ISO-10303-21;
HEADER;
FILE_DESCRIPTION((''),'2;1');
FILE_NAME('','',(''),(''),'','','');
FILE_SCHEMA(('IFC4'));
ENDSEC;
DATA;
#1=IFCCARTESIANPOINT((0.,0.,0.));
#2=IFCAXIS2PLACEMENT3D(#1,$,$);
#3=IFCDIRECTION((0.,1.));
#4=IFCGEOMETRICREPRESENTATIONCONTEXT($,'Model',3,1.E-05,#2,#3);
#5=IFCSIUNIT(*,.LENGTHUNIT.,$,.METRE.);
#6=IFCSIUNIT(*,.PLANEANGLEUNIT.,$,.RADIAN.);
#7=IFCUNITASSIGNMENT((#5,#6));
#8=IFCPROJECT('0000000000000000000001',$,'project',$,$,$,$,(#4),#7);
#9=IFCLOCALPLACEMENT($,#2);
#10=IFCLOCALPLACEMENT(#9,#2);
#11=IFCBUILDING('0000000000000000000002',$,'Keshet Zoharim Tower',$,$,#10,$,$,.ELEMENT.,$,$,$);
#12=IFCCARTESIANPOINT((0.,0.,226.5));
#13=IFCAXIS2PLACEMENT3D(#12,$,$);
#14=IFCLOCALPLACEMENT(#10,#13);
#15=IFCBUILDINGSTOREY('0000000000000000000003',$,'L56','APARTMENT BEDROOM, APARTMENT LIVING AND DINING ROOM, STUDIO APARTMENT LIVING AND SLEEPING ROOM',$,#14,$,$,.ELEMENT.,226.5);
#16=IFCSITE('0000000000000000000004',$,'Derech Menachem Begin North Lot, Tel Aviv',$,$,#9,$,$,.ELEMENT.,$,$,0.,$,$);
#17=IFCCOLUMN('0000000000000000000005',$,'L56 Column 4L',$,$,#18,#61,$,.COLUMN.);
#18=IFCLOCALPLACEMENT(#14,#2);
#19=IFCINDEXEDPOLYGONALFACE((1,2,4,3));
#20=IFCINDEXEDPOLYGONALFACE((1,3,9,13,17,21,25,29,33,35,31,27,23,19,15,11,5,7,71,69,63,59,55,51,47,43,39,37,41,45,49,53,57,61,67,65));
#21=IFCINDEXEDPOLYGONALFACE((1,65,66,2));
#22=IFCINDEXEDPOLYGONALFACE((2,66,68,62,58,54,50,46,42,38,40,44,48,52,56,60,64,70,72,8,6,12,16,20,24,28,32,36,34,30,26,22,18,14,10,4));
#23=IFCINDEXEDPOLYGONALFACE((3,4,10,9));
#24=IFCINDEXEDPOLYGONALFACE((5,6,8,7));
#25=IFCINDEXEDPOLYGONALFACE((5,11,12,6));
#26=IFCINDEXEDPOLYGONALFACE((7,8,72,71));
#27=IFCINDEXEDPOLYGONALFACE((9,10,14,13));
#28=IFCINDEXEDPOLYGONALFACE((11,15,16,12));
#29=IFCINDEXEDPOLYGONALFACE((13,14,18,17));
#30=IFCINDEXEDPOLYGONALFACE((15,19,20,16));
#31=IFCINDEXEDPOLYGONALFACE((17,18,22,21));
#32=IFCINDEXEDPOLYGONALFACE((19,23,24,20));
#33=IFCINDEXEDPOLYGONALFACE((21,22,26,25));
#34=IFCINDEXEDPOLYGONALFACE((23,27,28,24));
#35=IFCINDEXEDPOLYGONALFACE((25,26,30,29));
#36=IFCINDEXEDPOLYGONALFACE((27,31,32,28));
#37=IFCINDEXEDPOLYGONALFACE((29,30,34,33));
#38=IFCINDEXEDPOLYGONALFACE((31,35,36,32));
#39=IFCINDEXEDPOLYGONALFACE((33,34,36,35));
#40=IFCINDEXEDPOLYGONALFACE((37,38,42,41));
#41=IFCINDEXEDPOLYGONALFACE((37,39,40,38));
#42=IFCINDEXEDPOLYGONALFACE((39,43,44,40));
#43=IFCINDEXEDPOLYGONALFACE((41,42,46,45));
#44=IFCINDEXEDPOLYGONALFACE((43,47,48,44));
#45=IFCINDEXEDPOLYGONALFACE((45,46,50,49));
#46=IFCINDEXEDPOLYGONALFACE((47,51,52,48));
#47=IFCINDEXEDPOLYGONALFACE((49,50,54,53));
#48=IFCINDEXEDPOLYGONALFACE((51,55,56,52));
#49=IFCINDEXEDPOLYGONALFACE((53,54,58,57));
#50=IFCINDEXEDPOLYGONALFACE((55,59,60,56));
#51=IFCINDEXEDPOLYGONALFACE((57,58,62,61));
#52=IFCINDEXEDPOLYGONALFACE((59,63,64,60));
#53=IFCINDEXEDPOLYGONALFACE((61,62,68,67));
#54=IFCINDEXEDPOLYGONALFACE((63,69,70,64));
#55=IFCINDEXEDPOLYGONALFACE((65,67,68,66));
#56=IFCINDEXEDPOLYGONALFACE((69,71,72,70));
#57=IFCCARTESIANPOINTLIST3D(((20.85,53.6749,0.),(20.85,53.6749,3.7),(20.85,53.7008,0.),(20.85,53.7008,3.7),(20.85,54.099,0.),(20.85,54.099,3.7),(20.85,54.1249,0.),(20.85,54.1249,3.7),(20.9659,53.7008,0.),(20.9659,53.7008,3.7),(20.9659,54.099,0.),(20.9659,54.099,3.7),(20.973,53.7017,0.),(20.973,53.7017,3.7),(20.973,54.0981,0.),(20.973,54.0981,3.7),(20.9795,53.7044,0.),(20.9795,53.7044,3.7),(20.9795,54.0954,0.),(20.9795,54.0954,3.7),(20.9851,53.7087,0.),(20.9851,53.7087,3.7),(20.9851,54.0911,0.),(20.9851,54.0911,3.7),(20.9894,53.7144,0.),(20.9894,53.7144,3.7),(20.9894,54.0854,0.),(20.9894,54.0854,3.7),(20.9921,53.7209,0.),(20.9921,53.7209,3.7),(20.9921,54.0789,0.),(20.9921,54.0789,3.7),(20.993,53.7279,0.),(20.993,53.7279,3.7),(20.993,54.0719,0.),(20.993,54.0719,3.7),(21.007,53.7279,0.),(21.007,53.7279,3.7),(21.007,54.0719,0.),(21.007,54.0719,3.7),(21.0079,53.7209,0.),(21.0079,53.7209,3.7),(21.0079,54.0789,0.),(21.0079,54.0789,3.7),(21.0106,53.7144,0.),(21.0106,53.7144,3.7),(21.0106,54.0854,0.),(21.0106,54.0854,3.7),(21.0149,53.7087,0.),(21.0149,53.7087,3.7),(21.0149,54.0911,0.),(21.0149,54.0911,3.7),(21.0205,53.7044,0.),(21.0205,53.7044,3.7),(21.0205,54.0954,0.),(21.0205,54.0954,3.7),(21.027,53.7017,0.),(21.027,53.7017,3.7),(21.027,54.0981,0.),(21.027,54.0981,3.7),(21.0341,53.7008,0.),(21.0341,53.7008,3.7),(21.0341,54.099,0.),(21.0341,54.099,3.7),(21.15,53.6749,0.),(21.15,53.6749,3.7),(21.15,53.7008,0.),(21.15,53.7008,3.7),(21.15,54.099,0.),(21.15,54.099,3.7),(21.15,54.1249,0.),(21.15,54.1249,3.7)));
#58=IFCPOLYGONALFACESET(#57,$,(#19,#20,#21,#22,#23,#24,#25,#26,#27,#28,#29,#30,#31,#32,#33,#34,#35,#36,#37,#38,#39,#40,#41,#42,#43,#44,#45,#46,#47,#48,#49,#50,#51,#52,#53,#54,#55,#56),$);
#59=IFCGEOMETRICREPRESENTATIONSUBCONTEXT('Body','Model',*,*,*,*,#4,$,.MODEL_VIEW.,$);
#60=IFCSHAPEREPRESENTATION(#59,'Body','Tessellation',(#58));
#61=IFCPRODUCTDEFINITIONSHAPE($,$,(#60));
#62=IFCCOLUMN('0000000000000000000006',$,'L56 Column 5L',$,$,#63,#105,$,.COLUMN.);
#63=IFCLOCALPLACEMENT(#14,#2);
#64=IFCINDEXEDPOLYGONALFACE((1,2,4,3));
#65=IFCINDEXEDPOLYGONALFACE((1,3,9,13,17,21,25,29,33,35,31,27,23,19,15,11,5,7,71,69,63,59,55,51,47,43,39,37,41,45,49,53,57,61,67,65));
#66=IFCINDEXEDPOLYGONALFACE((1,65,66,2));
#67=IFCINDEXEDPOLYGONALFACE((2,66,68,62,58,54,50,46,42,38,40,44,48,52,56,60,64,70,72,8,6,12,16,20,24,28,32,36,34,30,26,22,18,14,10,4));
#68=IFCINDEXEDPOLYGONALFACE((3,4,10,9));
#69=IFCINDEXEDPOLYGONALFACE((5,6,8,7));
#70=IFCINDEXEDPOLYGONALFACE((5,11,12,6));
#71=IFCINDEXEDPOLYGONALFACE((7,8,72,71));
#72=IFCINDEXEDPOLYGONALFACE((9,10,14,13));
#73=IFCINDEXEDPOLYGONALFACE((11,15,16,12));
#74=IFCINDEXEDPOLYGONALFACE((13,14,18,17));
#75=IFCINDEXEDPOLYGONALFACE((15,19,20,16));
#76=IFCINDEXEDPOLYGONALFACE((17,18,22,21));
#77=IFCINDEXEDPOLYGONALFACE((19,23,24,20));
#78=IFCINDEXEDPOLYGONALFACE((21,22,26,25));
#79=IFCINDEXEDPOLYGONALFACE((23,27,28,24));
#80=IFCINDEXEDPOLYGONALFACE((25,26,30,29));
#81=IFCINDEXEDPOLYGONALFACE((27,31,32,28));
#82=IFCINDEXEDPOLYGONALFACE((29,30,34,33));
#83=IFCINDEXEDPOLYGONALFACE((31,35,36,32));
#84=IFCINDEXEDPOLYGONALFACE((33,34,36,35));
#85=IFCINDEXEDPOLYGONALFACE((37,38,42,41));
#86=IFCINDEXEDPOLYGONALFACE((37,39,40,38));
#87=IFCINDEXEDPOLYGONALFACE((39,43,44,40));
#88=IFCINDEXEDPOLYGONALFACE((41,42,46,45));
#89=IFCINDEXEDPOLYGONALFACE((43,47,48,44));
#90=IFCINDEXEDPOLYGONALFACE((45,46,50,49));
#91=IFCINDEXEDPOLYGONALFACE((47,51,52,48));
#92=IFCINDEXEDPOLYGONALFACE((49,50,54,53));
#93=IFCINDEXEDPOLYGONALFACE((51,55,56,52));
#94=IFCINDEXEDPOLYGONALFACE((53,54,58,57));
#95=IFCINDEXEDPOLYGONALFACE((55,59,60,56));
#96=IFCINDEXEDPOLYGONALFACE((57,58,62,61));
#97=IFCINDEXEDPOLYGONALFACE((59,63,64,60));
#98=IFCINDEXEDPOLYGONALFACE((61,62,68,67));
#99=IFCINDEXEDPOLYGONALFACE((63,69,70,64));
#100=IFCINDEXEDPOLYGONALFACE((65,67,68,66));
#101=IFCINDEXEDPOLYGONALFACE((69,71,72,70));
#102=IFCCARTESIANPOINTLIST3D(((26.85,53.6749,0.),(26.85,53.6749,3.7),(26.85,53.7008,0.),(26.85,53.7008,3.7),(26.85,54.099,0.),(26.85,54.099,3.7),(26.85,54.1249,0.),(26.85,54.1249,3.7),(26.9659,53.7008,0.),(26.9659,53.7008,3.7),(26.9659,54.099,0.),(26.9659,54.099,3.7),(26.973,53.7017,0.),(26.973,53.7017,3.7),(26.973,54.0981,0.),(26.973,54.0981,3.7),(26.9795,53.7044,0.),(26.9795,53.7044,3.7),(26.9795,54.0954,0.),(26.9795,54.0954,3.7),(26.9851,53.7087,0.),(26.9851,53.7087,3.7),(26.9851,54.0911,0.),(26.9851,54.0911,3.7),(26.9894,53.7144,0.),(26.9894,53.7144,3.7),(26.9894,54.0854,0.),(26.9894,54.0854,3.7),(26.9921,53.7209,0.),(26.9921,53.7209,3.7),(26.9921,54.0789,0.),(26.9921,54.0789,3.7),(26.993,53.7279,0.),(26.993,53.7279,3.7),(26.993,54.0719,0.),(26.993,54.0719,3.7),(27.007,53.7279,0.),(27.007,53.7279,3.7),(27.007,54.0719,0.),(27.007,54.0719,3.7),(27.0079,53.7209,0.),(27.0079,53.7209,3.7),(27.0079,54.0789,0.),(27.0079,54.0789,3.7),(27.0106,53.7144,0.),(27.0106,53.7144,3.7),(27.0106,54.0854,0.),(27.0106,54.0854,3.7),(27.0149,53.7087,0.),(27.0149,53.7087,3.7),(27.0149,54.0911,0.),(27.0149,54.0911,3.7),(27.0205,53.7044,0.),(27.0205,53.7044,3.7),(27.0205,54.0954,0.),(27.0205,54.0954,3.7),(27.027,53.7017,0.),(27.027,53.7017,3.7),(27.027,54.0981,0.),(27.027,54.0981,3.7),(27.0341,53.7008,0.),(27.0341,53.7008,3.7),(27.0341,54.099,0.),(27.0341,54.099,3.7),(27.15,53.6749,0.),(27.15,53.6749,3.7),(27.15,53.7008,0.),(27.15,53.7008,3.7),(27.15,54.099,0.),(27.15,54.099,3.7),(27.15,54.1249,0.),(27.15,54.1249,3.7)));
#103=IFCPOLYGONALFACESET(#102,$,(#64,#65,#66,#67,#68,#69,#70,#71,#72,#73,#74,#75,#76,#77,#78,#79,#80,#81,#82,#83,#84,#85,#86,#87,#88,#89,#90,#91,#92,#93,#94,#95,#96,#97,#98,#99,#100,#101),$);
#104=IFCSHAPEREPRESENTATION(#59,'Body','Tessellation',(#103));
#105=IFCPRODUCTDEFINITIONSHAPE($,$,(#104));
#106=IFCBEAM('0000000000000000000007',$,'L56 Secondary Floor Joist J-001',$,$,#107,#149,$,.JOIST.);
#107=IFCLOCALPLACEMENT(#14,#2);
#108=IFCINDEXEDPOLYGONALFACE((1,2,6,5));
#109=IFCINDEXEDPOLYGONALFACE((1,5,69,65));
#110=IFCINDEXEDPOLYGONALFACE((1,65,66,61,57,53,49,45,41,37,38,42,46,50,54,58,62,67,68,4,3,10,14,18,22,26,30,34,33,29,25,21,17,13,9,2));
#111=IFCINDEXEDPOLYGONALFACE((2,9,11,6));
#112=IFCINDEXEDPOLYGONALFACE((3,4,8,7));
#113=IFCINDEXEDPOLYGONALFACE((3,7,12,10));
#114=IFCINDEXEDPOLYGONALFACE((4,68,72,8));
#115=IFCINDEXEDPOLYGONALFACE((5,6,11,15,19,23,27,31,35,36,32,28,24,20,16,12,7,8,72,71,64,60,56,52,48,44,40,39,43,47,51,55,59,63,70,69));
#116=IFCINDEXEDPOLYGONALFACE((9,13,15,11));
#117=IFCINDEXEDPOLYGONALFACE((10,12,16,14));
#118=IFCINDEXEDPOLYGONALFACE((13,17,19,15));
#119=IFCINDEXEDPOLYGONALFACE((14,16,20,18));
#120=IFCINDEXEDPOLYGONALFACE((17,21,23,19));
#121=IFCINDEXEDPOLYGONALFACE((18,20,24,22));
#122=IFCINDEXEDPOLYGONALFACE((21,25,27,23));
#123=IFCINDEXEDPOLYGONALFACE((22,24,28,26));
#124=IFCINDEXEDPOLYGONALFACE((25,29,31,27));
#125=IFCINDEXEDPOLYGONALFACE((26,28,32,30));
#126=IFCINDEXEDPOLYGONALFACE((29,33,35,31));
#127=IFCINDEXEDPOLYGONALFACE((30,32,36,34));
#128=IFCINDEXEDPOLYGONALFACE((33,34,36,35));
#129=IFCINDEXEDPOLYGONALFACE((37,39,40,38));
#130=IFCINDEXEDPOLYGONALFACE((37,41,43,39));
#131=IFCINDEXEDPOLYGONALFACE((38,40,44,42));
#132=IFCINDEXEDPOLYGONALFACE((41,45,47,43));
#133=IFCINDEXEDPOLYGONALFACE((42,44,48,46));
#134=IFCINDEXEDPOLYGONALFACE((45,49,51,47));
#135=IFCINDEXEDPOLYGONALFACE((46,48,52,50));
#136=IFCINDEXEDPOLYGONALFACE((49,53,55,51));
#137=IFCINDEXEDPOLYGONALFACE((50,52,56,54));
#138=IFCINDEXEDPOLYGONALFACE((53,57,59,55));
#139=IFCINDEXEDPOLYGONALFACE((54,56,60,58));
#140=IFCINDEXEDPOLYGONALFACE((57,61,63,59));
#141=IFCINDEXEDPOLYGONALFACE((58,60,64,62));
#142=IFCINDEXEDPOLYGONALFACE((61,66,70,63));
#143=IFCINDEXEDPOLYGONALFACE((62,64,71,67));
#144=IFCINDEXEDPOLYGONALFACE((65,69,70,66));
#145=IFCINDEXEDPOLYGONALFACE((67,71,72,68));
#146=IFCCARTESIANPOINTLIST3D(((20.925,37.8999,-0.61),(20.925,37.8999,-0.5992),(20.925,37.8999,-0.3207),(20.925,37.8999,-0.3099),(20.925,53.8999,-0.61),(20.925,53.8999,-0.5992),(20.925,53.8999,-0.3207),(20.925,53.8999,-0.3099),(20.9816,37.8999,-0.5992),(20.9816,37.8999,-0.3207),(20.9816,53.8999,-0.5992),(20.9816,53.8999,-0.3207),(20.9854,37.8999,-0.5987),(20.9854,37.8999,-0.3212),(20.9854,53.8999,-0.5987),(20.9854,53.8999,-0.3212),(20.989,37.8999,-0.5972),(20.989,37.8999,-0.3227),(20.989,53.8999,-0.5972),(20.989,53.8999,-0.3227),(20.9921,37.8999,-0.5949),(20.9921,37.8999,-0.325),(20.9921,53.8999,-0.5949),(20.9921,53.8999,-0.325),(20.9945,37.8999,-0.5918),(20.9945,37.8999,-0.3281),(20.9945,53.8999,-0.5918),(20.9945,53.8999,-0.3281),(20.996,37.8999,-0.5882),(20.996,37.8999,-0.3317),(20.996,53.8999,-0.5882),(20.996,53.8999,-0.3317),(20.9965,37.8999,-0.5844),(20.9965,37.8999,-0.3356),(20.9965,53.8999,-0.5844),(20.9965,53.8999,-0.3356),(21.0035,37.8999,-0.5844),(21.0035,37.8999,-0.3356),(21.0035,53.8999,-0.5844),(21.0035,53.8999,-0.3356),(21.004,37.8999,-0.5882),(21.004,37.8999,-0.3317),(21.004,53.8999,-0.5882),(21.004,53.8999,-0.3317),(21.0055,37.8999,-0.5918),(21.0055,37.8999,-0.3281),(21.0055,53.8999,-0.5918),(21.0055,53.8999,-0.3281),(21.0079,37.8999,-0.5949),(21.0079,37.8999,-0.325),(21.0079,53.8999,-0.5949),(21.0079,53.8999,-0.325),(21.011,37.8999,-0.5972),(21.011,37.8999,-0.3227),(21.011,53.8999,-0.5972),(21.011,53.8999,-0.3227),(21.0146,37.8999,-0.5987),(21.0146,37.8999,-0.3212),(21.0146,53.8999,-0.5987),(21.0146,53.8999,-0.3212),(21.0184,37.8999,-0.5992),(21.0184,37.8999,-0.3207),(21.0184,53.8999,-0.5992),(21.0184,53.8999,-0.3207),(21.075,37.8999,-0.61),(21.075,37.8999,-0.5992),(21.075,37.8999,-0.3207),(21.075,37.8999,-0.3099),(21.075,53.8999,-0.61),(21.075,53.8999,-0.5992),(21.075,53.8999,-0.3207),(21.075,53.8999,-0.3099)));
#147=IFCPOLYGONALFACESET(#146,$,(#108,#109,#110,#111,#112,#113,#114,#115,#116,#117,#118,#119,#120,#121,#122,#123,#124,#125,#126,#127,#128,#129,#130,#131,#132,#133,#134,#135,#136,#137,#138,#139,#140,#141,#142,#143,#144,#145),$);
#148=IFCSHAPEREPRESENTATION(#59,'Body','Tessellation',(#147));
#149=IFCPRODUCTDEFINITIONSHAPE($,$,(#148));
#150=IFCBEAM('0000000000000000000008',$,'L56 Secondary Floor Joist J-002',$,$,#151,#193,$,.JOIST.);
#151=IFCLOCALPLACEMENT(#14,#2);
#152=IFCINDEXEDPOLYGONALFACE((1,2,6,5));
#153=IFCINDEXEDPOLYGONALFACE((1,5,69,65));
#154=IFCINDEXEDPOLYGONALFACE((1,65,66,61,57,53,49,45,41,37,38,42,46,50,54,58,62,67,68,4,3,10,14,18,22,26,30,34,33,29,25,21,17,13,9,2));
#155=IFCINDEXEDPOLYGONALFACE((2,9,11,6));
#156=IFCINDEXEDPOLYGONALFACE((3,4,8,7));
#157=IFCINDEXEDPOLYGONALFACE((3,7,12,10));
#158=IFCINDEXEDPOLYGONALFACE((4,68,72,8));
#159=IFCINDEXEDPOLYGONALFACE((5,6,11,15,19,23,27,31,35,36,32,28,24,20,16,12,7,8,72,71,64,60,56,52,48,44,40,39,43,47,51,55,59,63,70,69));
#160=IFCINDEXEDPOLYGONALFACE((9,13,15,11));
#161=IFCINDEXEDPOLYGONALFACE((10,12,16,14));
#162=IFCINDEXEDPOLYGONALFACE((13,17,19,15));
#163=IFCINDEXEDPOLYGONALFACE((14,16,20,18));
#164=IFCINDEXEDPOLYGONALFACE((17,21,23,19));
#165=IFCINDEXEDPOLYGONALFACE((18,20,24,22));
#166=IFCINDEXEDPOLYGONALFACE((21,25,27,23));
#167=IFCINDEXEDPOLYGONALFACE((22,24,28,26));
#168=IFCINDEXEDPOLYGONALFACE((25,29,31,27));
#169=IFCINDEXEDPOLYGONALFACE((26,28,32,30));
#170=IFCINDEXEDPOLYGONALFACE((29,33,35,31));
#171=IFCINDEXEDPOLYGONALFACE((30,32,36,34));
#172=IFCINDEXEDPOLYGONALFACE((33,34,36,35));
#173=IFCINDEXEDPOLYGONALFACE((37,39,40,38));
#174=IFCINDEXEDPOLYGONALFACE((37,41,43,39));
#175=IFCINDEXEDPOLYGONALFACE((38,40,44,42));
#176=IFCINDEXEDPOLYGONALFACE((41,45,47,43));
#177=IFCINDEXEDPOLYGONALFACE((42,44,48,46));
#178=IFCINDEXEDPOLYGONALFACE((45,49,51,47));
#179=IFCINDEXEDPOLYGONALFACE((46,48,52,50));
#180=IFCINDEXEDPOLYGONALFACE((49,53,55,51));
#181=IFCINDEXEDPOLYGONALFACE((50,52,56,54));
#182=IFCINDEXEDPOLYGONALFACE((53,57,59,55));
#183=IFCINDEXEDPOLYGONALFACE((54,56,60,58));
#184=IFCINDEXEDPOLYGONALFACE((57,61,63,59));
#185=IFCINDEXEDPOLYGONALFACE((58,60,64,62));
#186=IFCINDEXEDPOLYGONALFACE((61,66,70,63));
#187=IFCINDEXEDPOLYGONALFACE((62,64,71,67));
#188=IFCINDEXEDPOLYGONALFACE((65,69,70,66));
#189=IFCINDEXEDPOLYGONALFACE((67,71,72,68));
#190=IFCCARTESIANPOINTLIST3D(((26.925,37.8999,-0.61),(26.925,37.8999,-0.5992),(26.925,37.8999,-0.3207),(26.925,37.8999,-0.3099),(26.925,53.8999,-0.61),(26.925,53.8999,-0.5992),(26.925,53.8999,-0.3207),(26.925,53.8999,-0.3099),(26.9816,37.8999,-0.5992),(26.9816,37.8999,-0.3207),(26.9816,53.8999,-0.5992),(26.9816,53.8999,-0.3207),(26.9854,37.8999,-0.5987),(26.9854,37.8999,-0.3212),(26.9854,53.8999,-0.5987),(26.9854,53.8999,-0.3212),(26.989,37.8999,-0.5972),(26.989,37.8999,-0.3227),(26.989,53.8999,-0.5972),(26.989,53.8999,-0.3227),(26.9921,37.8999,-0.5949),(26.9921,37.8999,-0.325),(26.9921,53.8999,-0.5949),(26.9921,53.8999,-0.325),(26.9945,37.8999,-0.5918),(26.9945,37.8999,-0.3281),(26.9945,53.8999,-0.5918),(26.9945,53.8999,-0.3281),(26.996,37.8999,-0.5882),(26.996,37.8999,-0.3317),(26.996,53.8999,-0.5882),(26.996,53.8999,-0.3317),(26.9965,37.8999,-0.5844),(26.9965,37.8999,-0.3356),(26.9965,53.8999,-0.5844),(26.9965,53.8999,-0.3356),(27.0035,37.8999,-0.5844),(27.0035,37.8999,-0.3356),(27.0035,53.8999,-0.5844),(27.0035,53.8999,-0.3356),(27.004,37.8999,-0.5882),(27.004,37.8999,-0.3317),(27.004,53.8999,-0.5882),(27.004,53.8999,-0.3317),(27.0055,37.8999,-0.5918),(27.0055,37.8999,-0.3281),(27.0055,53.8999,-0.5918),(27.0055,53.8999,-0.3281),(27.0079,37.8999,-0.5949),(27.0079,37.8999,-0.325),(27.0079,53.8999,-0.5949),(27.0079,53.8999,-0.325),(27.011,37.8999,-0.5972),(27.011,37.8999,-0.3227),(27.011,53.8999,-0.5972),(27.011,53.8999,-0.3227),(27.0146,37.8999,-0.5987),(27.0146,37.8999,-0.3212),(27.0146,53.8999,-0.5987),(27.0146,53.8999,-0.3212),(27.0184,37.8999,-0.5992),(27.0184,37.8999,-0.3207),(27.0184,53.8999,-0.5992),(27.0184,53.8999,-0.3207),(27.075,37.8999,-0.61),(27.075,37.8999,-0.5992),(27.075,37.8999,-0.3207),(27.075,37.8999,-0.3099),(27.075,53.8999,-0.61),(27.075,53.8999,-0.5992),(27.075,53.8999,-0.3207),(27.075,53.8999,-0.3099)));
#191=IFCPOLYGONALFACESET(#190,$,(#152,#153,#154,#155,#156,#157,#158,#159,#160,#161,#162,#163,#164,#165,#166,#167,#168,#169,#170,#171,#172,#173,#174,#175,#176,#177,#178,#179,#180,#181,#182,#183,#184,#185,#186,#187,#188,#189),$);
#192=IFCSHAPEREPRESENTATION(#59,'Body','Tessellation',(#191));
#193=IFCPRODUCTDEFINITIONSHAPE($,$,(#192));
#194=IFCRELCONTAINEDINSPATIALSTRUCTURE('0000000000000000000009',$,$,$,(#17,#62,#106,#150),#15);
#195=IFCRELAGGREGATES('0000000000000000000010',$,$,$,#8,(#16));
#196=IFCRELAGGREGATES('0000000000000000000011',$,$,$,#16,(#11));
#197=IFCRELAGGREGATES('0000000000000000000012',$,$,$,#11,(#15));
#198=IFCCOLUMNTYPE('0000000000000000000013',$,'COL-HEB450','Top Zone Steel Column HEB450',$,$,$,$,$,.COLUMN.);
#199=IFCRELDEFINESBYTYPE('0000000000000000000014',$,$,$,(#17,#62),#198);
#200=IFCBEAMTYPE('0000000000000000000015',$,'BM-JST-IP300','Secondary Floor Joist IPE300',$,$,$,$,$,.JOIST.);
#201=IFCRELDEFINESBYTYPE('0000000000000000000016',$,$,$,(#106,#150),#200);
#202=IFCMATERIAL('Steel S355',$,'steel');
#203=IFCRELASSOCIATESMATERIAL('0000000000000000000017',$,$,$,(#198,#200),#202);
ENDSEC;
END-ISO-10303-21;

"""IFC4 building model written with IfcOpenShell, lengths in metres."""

from ifc_helpers import new_model, si_unit, direction, frame, origin, origin_2d, place, context, subcontext, project, spatial, i_section, extrude, material, material_profile, profile_set, type_object, element, save


model = new_model("IFC4")

# Units and contexts
model_context = context("Model", 3, precision=1e-05, world=origin(), true_north=direction((0.0, 1.0)))
body_context = subcontext(model_context, "Body", "Model", "MODEL_VIEW")
ifc_project = project(units=[si_unit("LENGTHUNIT", "METRE"), si_unit("PLANEANGLEUNIT", "RADIAN")], contexts=[model_context])

# Site, building, storey
site_placement = place(None, origin())
site = spatial("IfcSite", under=ifc_project, at=site_placement, Name="Derech Menachem Begin North Lot, Tel Aviv", CompositionType="ELEMENT", RefElevation=0.0)
building_placement = place(site_placement, origin())
building = spatial("IfcBuilding", under=site, at=building_placement, Name="Keshet Zoharim Tower", CompositionType="ELEMENT")
storey_placement = place(building_placement, frame((0.0, 0.0, 226.5)))
storey = spatial("IfcBuildingStorey", under=building, at=storey_placement, Name="L56", Description="APARTMENT BEDROOM, APARTMENT LIVING AND DINING ROOM, STUDIO APARTMENT LIVING AND SLEEPING ROOM", CompositionType="ELEMENT", Elevation=226.5)

# Columns
ifc_material_1 = material(Name="Steel S355", Category="steel")
ifc_material_profile_1 = material_profile(ifc_material_1, i_section(OverallWidth=0.3, OverallDepth=0.45, WebThickness=0.0139, FlangeThickness=0.0259, FilletRadius=0.0271, at=origin_2d()), Name="HEB450")
ifc_profile_set_1 = profile_set([ifc_material_profile_1], Name="Steel S355")
column_type = type_object("IfcColumnType", Name="COL-HEB450", Description="Top Zone Steel Column HEB450", PredefinedType="COLUMN", material=ifc_profile_set_1)
for number, where, z_axis, x_axis, name in (
    (1, (21.0, 53.8999, 0.0), (0.0, 0.0, 1.0), (1.0, 0.0, 0.0), "L56 Column 4L"),
    (2, (27.0, 53.8999, 0.0), (0.0, 0.0, 1.0), (1.0, 0.0, 0.0), "L56 Column 5L"),
):
    element("IfcColumn", number, at=place(storey_placement, frame(where, z_axis=z_axis, x_axis=x_axis)), inside=storey, type_object=column_type, Name=name, PredefinedType="COLUMN", context=body_context, shape_type="SweptSolid", body=[
        extrude(i_section(OverallWidth=0.3, OverallDepth=0.45, WebThickness=0.0139, FlangeThickness=0.0259, FilletRadius=0.0271, at=origin_2d()), origin(), (0.0, 0.0, 1.0), 3.7),
    ])

# Beams
ifc_material_profile_2 = material_profile(ifc_material_1, i_section(OverallWidth=0.1499, OverallDepth=0.3, WebThickness=0.0071, FlangeThickness=0.0107, FilletRadius=0.0149, at=origin_2d()), Name="IPE300")
ifc_profile_set_2 = profile_set([ifc_material_profile_2], Name="Steel S355")
beam_type_1 = type_object("IfcBeamType", Name="BM-JST-IP300", Description="Secondary Floor Joist IPE300", PredefinedType="JOIST", material=ifc_profile_set_2)
for number, where, z_axis, x_axis, name in (
    (3, (21.0, 37.8999, -0.46), (0.0, 1.0, 0.0), (-1.0, 0.0, 0.0), "L56 Secondary Floor Joist J-001"),
    (4, (27.0, 37.8999, -0.46), (0.0, 1.0, 0.0), (-1.0, 0.0, 0.0), "L56 Secondary Floor Joist J-002"),
):
    element("IfcBeam", number, at=place(storey_placement, frame(where, z_axis=z_axis, x_axis=x_axis)), inside=storey, type_object=beam_type_1, Name=name, PredefinedType="JOIST", context=body_context, shape_type="SweptSolid", body=[
        extrude(i_section(OverallWidth=0.1499, OverallDepth=0.3, WebThickness=0.0071, FlangeThickness=0.0107, FilletRadius=0.0149, at=origin_2d()), origin(), (0.0, 0.0, 1.0), 16.0),
    ])

save(model, "model.ifc")
